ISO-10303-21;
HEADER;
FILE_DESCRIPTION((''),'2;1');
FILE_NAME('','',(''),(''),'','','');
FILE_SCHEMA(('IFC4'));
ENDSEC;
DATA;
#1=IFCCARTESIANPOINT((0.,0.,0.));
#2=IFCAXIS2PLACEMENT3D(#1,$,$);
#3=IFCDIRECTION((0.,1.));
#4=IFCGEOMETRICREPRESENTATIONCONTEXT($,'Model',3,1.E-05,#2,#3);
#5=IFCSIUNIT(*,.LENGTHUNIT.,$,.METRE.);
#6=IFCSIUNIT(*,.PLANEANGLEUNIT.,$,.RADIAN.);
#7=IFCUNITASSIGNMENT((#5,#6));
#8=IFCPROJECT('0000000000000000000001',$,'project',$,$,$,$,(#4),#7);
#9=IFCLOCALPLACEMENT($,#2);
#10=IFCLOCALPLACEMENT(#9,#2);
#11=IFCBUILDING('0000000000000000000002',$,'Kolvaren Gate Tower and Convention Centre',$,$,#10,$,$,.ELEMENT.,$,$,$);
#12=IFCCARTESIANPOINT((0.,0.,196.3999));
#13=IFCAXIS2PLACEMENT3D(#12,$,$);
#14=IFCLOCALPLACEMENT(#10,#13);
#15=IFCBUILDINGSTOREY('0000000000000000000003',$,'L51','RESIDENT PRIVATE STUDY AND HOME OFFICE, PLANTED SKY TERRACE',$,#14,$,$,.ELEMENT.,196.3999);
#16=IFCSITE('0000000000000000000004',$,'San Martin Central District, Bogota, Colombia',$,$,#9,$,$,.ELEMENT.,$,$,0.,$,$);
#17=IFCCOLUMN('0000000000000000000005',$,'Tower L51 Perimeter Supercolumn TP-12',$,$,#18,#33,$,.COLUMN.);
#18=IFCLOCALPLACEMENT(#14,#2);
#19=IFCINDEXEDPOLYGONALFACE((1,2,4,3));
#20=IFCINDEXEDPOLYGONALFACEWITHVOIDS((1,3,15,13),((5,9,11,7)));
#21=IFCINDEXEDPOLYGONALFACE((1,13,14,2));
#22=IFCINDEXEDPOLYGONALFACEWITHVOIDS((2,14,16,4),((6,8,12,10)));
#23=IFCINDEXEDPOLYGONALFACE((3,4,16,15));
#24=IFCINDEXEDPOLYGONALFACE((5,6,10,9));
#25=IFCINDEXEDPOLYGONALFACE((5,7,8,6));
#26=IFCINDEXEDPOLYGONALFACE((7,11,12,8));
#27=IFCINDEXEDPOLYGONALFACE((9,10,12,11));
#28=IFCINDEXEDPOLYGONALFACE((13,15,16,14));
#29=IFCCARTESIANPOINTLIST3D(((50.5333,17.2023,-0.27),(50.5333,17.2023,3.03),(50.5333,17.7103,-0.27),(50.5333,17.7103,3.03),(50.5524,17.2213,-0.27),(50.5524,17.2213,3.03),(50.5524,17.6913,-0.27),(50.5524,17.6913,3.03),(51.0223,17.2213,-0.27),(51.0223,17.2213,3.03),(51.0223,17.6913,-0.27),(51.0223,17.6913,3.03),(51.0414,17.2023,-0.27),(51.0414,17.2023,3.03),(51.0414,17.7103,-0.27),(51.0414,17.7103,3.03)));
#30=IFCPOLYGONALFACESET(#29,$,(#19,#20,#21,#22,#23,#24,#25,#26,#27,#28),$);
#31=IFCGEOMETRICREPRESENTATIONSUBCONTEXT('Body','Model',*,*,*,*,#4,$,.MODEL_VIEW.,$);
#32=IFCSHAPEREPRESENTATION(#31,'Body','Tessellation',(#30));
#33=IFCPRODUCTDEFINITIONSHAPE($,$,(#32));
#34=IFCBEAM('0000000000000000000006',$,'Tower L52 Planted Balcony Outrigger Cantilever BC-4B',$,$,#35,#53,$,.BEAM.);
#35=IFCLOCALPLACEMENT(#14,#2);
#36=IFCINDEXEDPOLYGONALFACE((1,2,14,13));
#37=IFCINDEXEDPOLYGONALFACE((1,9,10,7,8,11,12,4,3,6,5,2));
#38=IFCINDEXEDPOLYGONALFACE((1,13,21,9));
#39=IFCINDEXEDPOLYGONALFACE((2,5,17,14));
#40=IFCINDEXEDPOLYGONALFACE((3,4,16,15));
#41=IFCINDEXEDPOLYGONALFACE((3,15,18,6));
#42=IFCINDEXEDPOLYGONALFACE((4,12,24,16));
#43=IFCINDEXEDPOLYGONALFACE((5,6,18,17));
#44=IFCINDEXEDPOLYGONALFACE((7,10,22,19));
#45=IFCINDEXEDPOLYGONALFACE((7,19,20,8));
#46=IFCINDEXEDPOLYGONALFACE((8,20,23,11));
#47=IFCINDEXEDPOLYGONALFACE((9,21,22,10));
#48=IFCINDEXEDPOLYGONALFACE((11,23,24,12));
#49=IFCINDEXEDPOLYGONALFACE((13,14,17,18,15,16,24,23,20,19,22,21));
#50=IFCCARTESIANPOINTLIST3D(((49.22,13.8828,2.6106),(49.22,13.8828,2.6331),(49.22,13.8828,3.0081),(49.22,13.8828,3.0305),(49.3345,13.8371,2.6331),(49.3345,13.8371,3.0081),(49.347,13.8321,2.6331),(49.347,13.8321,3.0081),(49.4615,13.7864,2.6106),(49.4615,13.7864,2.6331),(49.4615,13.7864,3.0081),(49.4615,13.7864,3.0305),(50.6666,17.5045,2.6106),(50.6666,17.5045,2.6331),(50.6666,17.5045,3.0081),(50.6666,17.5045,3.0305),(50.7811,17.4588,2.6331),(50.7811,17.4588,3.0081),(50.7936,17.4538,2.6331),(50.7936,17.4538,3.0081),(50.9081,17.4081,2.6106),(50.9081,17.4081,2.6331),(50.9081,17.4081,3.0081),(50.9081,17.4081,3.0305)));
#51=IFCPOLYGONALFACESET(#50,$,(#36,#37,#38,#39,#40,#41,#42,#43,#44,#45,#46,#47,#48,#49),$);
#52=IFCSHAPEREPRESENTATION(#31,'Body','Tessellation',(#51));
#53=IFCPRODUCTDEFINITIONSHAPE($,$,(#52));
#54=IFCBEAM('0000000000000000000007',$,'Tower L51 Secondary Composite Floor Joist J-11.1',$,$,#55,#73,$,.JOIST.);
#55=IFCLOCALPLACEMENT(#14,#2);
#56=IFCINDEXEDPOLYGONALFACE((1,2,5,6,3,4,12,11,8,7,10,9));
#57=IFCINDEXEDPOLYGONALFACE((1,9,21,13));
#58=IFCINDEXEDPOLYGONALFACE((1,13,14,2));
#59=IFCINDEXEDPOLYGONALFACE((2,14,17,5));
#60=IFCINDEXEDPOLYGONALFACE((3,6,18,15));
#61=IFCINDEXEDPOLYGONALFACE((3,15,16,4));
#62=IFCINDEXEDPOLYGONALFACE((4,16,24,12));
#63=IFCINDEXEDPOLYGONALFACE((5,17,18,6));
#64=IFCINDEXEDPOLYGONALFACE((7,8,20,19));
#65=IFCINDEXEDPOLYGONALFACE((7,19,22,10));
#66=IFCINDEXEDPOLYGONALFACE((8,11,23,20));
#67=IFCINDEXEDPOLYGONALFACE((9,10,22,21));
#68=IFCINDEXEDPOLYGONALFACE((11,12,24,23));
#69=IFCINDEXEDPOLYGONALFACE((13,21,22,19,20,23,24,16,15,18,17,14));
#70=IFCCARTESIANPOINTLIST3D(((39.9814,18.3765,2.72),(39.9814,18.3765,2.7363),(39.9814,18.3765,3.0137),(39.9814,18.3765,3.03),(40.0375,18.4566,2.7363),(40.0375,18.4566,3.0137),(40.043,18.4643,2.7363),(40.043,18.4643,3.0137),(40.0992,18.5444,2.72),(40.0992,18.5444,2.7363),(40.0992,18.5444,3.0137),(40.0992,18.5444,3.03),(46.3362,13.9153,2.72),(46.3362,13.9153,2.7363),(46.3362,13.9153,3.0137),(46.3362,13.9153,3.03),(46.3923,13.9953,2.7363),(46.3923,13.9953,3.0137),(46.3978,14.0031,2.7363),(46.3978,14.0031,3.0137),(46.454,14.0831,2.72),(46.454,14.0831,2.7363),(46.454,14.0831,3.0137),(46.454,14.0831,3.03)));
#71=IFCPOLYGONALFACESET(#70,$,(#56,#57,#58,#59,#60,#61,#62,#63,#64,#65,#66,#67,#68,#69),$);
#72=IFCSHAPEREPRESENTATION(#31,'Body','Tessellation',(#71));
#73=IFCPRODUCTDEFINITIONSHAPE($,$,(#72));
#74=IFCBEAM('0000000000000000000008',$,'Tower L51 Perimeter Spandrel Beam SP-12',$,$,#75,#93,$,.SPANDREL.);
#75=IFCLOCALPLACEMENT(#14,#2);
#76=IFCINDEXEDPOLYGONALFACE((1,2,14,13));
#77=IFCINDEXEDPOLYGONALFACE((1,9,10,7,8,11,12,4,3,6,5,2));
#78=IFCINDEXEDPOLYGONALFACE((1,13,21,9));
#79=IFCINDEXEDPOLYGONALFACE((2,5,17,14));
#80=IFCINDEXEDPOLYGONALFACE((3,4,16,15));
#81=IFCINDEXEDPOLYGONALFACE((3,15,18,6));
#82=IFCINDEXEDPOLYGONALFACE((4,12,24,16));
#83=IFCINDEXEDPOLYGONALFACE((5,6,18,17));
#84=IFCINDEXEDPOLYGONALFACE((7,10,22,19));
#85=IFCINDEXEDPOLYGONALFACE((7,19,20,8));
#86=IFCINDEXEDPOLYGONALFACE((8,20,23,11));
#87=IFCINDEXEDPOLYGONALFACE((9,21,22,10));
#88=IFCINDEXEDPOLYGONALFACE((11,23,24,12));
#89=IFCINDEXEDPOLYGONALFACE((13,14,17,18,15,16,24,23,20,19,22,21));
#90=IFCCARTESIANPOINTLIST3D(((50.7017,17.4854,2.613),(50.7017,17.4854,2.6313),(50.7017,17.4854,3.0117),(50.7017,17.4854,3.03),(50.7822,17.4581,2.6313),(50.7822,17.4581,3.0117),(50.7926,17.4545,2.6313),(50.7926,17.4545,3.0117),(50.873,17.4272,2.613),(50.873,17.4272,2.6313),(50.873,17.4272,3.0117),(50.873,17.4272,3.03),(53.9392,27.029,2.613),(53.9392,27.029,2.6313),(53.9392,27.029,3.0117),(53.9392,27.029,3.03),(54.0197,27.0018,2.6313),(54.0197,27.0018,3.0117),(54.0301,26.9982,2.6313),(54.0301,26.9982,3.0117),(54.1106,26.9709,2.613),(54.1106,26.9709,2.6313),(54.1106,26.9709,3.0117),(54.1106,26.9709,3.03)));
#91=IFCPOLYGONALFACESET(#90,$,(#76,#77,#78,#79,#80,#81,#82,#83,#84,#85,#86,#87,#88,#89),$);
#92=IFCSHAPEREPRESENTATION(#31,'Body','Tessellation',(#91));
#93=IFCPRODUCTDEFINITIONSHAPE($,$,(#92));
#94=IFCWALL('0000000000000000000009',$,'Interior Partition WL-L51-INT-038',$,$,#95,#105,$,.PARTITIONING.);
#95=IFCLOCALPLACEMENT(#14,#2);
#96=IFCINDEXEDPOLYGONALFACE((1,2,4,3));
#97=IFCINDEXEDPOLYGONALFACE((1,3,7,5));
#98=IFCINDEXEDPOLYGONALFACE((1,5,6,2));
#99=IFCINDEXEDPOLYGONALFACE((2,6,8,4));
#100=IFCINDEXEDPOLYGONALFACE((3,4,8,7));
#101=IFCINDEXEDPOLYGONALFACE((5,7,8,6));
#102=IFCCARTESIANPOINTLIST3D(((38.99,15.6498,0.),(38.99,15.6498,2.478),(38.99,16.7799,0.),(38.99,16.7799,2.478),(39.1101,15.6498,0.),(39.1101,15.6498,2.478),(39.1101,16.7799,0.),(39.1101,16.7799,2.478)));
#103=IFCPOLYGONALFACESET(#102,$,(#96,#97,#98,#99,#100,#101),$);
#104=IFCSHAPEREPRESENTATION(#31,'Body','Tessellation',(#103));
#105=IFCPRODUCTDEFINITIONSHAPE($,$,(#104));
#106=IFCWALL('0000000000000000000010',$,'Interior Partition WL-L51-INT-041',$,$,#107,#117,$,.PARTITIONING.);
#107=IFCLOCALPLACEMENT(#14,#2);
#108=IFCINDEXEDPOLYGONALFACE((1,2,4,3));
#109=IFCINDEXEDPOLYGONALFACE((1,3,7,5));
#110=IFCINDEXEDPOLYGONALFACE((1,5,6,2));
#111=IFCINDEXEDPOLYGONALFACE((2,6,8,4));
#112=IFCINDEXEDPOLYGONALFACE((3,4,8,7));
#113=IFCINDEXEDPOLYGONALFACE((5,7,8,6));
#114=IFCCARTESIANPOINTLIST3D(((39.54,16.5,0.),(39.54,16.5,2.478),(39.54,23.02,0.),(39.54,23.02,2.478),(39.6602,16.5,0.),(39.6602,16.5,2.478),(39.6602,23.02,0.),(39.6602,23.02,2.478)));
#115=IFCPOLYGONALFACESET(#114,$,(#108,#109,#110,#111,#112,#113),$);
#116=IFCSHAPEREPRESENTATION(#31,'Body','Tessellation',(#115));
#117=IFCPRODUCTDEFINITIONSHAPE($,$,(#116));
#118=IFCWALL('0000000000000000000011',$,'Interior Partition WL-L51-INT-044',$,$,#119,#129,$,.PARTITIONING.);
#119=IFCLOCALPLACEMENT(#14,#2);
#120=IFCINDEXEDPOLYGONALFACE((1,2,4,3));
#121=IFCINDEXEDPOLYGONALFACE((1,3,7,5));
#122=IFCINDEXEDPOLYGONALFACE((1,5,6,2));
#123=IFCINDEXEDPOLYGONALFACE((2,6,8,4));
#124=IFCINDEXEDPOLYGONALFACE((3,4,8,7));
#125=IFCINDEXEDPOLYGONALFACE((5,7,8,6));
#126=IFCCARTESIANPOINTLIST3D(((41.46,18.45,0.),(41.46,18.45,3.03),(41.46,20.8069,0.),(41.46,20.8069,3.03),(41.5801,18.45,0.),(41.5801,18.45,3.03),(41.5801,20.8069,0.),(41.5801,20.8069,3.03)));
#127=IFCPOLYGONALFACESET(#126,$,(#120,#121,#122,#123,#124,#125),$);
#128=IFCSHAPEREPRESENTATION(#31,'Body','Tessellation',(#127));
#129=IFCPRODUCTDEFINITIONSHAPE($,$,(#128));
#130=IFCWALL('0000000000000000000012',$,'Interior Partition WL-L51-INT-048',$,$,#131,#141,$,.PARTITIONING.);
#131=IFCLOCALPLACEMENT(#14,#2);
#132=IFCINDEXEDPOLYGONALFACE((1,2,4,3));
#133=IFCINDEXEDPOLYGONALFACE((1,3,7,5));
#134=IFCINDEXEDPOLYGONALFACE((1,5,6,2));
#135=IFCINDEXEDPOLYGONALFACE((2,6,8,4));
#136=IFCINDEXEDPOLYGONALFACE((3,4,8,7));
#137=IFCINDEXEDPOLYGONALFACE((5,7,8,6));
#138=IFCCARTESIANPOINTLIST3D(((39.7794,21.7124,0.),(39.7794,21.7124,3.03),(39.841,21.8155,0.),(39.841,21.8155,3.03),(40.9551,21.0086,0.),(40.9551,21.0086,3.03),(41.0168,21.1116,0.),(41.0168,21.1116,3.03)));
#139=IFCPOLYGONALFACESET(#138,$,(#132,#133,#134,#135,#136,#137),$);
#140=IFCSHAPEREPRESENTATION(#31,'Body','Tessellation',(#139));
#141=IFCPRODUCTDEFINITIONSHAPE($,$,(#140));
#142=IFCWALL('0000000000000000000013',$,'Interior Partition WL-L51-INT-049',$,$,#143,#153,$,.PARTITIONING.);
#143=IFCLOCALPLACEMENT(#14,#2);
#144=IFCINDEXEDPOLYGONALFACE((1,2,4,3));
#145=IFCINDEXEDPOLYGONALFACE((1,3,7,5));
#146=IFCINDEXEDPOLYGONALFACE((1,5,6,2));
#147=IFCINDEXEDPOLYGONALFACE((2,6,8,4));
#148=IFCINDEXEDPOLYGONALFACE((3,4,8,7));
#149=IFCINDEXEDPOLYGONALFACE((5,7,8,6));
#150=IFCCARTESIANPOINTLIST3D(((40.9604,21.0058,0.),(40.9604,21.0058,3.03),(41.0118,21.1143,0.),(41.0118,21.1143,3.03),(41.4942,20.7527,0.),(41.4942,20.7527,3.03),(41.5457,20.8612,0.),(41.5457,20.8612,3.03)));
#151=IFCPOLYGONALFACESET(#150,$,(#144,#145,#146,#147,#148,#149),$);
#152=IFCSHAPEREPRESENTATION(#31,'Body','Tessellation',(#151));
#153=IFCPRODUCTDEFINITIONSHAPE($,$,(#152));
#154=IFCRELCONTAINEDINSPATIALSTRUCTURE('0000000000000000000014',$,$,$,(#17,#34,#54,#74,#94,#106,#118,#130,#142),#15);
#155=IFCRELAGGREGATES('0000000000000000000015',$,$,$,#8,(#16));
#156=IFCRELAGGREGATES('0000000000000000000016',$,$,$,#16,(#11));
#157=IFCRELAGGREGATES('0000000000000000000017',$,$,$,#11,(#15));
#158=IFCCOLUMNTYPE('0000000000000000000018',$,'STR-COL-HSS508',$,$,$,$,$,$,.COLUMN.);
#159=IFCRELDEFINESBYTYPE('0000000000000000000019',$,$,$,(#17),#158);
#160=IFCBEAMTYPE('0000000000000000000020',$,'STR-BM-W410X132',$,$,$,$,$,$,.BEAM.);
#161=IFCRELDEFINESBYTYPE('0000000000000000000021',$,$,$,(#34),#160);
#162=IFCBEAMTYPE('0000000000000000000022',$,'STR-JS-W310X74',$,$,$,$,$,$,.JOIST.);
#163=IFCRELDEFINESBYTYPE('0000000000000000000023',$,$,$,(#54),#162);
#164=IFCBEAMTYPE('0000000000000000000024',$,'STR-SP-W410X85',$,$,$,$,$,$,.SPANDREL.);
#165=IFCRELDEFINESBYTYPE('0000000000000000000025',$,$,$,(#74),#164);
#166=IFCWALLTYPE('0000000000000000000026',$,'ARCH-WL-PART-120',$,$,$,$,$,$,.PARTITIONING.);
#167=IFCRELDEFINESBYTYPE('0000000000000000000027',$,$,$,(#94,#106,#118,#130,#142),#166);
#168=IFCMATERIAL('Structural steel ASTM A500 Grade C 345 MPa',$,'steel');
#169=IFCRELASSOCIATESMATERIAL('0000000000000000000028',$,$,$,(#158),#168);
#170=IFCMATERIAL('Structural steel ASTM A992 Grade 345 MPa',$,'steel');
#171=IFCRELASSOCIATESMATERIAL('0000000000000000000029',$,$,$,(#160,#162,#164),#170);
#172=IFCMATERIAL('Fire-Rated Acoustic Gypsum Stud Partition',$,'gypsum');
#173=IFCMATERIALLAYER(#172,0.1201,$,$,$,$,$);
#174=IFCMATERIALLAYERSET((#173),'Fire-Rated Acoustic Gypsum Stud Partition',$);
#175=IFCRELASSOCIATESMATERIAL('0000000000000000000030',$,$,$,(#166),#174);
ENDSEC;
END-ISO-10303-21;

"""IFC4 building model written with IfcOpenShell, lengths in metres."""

from ifc_helpers import new_model, si_unit, direction, frame, frame_2d, origin, origin_2d, place, context, subcontext, project, spatial, rectangle, hollow_rectangle, i_section, extrude, material, layer, layer_set, material_profile, profile_set, type_object, element, save


model = new_model("IFC4")

# Units and contexts
model_context = context("Model", 3, precision=1e-05, world=origin(), true_north=direction((0.0, 1.0)))
body_context = subcontext(model_context, "Body", "Model", "MODEL_VIEW")
ifc_project = project(units=[si_unit("LENGTHUNIT", "METRE"), si_unit("PLANEANGLEUNIT", "RADIAN")], contexts=[model_context])

# Site, building, storey
site_placement = place(None, origin())
site = spatial("IfcSite", under=ifc_project, at=site_placement, Name="San Martin Central District, Bogota, Colombia", CompositionType="ELEMENT", RefElevation=0.0)
building_placement = place(site_placement, origin())
building = spatial("IfcBuilding", under=site, at=building_placement, Name="Kolvaren Gate Tower and Convention Centre", CompositionType="ELEMENT")
storey_placement = place(building_placement, frame((0.0, 0.0, 196.3999)))
storey = spatial("IfcBuildingStorey", under=building, at=storey_placement, Name="L51", Description="RESIDENT PRIVATE STUDY AND HOME OFFICE, PLANTED SKY TERRACE", CompositionType="ELEMENT", Elevation=196.3999)

# Column
ifc_material_1 = material(Name="Structural steel ASTM A500 Grade C 345 MPa", Category="steel")
ifc_material_profile_1 = material_profile(ifc_material_1, hollow_rectangle(XDim=0.5081, YDim=0.5081, WallThickness=0.019, at=origin_2d()), Name="HSS508X508X19.1")
ifc_profile_set_1 = profile_set([ifc_material_profile_1], Name="Structural steel ASTM A500 Grade C 345 MPa")
column_type = type_object("IfcColumnType", Name="STR-COL-HSS508", PredefinedType="COLUMN", material=ifc_profile_set_1)
column_placement = place(storey_placement, frame((50.7874, 17.4563, -0.27), z_axis=(0.0, 0.0, 1.0), x_axis=(1.0, 0.0, 0.0)))
element("IfcColumn", 1, at=column_placement, inside=storey, type_object=column_type, Name="Tower L51 Perimeter Supercolumn TP-12", PredefinedType="COLUMN", context=body_context, shape_type="SweptSolid", body=[
    extrude(hollow_rectangle(XDim=0.5081, YDim=0.5081, WallThickness=0.019, at=origin_2d()), origin(), (0.0, 0.0, 1.0), 3.3),
])

# Beams
ifc_material_2 = material(Name="Structural steel ASTM A992 Grade 345 MPa", Category="steel")
ifc_material_profile_2 = material_profile(ifc_material_2, i_section(OverallWidth=0.26, OverallDepth=0.4199, WebThickness=0.0134, FlangeThickness=0.0225, at=origin_2d()), Name="W410X132")
ifc_profile_set_2 = profile_set([ifc_material_profile_2], Name="Structural steel ASTM A992 Grade 345 MPa")
beam_type_1 = type_object("IfcBeamType", Name="STR-BM-W410X132", PredefinedType="BEAM", material=ifc_profile_set_2)
beam_1_placement = place(storey_placement, frame((50.7874, 17.4563, 2.8206), z_axis=(-0.370926, -0.928662, 0.0), x_axis=(0.928662, -0.370926, 0.0)))
element("IfcBeam", 2, at=beam_1_placement, inside=storey, type_object=beam_type_1, Name="Tower L52 Planted Balcony Outrigger Cantilever BC-4B", PredefinedType="BEAM", context=body_context, shape_type="SweptSolid", body=[
    extrude(i_section(OverallWidth=0.26, OverallDepth=0.4199, WebThickness=0.0134, FlangeThickness=0.0225, at=origin_2d()), origin(), (0.0, 0.0, 1.0), 3.8999),
])
ifc_material_profile_3 = material_profile(ifc_material_2, i_section(OverallWidth=0.2051, OverallDepth=0.3101, WebThickness=0.0095, FlangeThickness=0.0164, at=origin_2d()), Name="W310X74")
ifc_profile_set_3 = profile_set([ifc_material_profile_3], Name="Structural steel ASTM A992 Grade 345 MPa")
beam_type_2 = type_object("IfcBeamType", Name="STR-JS-W310X74", PredefinedType="JOIST", material=ifc_profile_set_3)
beam_2_placement = place(storey_placement, frame((40.0403, 18.4604, 2.875), z_axis=(0.818453, -0.574574, 0.0), x_axis=(0.574574, 0.818453, 0.0)))
element("IfcBeam", 3, at=beam_2_placement, inside=storey, type_object=beam_type_2, Name="Tower L51 Secondary Composite Floor Joist J-11.1", PredefinedType="JOIST", context=body_context, shape_type="SweptSolid", body=[
    extrude(i_section(OverallWidth=0.2051, OverallDepth=0.3101, WebThickness=0.0095, FlangeThickness=0.0164, at=origin_2d()), origin(), (0.0, 0.0, 1.0), 7.7644),
])
ifc_material_profile_4 = material_profile(ifc_material_2, i_section(OverallWidth=0.1809, OverallDepth=0.417, WebThickness=0.011, FlangeThickness=0.0183, at=origin_2d()), Name="W410X85")
ifc_profile_set_4 = profile_set([ifc_material_profile_4], Name="Structural steel ASTM A992 Grade 345 MPa")
beam_type_3 = type_object("IfcBeamType", Name="STR-SP-W410X85", PredefinedType="SPANDREL", material=ifc_profile_set_4)
beam_3_placement = place(storey_placement, frame((50.7874, 17.4563, 2.8215), z_axis=(0.321253, 0.946994, 0.0), x_axis=(-0.946994, 0.321253, 0.0)))
element("IfcBeam", 4, at=beam_3_placement, inside=storey, type_object=beam_type_3, Name="Tower L51 Perimeter Spandrel Beam SP-12", PredefinedType="SPANDREL", context=body_context, shape_type="SweptSolid", body=[
    extrude(i_section(OverallWidth=0.1809, OverallDepth=0.417, WebThickness=0.011, FlangeThickness=0.0183, at=origin_2d()), origin(), (0.0, 0.0, 1.0), 10.0779),
])

# Walls
ifc_material_3 = material(Name="Fire-Rated Acoustic Gypsum Stud Partition", Category="gypsum")
ifc_layer_1 = layer(ifc_material_3, 0.1201)
ifc_layer_set_1 = layer_set([ifc_layer_1], Name="Fire-Rated Acoustic Gypsum Stud Partition")
wall_type_1 = type_object("IfcWallType", Name="ARCH-WL-PART-120", PredefinedType="PARTITIONING", material=ifc_layer_set_1)
wall_1_placement = place(storey_placement, frame((39.05, 15.6499, 0.0), z_axis=(0.0, 0.0, 1.0), x_axis=(0.0, 1.0, 0.0)))
element("IfcWall", 5, at=wall_1_placement, inside=storey, type_object=wall_type_1, Name="Interior Partition WL-L51-INT-038", PredefinedType="PARTITIONING", context=body_context, shape_type="SweptSolid", body=[
    extrude(rectangle(XDim=1.1301, YDim=0.1201, at=frame_2d((0.5649, 0.0))), origin(), (0.0, 0.0, 1.0), 2.478),
])
wall_2_placement = place(storey_placement, frame((39.6001, 16.5, 0.0), z_axis=(0.0, 0.0, 1.0), x_axis=(0.0, 1.0, 0.0)))
element("IfcWall", 6, at=wall_2_placement, inside=storey, type_object=wall_type_1, Name="Interior Partition WL-L51-INT-041", PredefinedType="PARTITIONING", context=body_context, shape_type="SweptSolid", body=[
    extrude(rectangle(XDim=6.52, YDim=0.1201, at=frame_2d((3.26, 0.0))), origin(), (0.0, 0.0, 1.0), 2.478),
])
wall_3_placement = place(storey_placement, frame((41.52, 18.45, 0.0), z_axis=(0.0, 0.0, 1.0), x_axis=(0.0, 1.0, 0.0)))
element("IfcWall", 7, at=wall_3_placement, inside=storey, type_object=wall_type_1, Name="Interior Partition WL-L51-INT-044", PredefinedType="PARTITIONING", context=body_context, shape_type="SweptSolid", body=[
    extrude(rectangle(XDim=2.3569, YDim=0.1201, at=frame_2d((1.1785, 0.0))), origin(), (0.0, 0.0, 1.0), 3.03),
])
wall_4_placement = place(storey_placement, frame((39.8103, 21.7639, 0.0), z_axis=(0.0, 0.0, 1.0), x_axis=(0.858011, -0.513631, 0.0)))
element("IfcWall", 8, at=wall_4_placement, inside=storey, type_object=wall_type_1, Name="Interior Partition WL-L51-INT-048", PredefinedType="PARTITIONING", context=body_context, shape_type="SweptSolid", body=[
    extrude(rectangle(XDim=1.3704, YDim=0.1201, at=frame_2d((0.6851, 0.0))), origin(), (0.0, 0.0, 1.0), 3.03),
])
wall_5_placement = place(storey_placement, frame((40.9861, 21.0601, 0.0), z_axis=(0.0, 0.0, 1.0), x_axis=(0.90357, -0.428442, 0.0)))
element("IfcWall", 9, at=wall_5_placement, inside=storey, type_object=wall_type_1, Name="Interior Partition WL-L51-INT-049", PredefinedType="PARTITIONING", context=body_context, shape_type="SweptSolid", body=[
    extrude(rectangle(XDim=0.5908, YDim=0.1201, at=frame_2d((0.2954, 0.0))), origin(), (0.0, 0.0, 1.0), 3.03),
])

save(model, "model.ifc")
